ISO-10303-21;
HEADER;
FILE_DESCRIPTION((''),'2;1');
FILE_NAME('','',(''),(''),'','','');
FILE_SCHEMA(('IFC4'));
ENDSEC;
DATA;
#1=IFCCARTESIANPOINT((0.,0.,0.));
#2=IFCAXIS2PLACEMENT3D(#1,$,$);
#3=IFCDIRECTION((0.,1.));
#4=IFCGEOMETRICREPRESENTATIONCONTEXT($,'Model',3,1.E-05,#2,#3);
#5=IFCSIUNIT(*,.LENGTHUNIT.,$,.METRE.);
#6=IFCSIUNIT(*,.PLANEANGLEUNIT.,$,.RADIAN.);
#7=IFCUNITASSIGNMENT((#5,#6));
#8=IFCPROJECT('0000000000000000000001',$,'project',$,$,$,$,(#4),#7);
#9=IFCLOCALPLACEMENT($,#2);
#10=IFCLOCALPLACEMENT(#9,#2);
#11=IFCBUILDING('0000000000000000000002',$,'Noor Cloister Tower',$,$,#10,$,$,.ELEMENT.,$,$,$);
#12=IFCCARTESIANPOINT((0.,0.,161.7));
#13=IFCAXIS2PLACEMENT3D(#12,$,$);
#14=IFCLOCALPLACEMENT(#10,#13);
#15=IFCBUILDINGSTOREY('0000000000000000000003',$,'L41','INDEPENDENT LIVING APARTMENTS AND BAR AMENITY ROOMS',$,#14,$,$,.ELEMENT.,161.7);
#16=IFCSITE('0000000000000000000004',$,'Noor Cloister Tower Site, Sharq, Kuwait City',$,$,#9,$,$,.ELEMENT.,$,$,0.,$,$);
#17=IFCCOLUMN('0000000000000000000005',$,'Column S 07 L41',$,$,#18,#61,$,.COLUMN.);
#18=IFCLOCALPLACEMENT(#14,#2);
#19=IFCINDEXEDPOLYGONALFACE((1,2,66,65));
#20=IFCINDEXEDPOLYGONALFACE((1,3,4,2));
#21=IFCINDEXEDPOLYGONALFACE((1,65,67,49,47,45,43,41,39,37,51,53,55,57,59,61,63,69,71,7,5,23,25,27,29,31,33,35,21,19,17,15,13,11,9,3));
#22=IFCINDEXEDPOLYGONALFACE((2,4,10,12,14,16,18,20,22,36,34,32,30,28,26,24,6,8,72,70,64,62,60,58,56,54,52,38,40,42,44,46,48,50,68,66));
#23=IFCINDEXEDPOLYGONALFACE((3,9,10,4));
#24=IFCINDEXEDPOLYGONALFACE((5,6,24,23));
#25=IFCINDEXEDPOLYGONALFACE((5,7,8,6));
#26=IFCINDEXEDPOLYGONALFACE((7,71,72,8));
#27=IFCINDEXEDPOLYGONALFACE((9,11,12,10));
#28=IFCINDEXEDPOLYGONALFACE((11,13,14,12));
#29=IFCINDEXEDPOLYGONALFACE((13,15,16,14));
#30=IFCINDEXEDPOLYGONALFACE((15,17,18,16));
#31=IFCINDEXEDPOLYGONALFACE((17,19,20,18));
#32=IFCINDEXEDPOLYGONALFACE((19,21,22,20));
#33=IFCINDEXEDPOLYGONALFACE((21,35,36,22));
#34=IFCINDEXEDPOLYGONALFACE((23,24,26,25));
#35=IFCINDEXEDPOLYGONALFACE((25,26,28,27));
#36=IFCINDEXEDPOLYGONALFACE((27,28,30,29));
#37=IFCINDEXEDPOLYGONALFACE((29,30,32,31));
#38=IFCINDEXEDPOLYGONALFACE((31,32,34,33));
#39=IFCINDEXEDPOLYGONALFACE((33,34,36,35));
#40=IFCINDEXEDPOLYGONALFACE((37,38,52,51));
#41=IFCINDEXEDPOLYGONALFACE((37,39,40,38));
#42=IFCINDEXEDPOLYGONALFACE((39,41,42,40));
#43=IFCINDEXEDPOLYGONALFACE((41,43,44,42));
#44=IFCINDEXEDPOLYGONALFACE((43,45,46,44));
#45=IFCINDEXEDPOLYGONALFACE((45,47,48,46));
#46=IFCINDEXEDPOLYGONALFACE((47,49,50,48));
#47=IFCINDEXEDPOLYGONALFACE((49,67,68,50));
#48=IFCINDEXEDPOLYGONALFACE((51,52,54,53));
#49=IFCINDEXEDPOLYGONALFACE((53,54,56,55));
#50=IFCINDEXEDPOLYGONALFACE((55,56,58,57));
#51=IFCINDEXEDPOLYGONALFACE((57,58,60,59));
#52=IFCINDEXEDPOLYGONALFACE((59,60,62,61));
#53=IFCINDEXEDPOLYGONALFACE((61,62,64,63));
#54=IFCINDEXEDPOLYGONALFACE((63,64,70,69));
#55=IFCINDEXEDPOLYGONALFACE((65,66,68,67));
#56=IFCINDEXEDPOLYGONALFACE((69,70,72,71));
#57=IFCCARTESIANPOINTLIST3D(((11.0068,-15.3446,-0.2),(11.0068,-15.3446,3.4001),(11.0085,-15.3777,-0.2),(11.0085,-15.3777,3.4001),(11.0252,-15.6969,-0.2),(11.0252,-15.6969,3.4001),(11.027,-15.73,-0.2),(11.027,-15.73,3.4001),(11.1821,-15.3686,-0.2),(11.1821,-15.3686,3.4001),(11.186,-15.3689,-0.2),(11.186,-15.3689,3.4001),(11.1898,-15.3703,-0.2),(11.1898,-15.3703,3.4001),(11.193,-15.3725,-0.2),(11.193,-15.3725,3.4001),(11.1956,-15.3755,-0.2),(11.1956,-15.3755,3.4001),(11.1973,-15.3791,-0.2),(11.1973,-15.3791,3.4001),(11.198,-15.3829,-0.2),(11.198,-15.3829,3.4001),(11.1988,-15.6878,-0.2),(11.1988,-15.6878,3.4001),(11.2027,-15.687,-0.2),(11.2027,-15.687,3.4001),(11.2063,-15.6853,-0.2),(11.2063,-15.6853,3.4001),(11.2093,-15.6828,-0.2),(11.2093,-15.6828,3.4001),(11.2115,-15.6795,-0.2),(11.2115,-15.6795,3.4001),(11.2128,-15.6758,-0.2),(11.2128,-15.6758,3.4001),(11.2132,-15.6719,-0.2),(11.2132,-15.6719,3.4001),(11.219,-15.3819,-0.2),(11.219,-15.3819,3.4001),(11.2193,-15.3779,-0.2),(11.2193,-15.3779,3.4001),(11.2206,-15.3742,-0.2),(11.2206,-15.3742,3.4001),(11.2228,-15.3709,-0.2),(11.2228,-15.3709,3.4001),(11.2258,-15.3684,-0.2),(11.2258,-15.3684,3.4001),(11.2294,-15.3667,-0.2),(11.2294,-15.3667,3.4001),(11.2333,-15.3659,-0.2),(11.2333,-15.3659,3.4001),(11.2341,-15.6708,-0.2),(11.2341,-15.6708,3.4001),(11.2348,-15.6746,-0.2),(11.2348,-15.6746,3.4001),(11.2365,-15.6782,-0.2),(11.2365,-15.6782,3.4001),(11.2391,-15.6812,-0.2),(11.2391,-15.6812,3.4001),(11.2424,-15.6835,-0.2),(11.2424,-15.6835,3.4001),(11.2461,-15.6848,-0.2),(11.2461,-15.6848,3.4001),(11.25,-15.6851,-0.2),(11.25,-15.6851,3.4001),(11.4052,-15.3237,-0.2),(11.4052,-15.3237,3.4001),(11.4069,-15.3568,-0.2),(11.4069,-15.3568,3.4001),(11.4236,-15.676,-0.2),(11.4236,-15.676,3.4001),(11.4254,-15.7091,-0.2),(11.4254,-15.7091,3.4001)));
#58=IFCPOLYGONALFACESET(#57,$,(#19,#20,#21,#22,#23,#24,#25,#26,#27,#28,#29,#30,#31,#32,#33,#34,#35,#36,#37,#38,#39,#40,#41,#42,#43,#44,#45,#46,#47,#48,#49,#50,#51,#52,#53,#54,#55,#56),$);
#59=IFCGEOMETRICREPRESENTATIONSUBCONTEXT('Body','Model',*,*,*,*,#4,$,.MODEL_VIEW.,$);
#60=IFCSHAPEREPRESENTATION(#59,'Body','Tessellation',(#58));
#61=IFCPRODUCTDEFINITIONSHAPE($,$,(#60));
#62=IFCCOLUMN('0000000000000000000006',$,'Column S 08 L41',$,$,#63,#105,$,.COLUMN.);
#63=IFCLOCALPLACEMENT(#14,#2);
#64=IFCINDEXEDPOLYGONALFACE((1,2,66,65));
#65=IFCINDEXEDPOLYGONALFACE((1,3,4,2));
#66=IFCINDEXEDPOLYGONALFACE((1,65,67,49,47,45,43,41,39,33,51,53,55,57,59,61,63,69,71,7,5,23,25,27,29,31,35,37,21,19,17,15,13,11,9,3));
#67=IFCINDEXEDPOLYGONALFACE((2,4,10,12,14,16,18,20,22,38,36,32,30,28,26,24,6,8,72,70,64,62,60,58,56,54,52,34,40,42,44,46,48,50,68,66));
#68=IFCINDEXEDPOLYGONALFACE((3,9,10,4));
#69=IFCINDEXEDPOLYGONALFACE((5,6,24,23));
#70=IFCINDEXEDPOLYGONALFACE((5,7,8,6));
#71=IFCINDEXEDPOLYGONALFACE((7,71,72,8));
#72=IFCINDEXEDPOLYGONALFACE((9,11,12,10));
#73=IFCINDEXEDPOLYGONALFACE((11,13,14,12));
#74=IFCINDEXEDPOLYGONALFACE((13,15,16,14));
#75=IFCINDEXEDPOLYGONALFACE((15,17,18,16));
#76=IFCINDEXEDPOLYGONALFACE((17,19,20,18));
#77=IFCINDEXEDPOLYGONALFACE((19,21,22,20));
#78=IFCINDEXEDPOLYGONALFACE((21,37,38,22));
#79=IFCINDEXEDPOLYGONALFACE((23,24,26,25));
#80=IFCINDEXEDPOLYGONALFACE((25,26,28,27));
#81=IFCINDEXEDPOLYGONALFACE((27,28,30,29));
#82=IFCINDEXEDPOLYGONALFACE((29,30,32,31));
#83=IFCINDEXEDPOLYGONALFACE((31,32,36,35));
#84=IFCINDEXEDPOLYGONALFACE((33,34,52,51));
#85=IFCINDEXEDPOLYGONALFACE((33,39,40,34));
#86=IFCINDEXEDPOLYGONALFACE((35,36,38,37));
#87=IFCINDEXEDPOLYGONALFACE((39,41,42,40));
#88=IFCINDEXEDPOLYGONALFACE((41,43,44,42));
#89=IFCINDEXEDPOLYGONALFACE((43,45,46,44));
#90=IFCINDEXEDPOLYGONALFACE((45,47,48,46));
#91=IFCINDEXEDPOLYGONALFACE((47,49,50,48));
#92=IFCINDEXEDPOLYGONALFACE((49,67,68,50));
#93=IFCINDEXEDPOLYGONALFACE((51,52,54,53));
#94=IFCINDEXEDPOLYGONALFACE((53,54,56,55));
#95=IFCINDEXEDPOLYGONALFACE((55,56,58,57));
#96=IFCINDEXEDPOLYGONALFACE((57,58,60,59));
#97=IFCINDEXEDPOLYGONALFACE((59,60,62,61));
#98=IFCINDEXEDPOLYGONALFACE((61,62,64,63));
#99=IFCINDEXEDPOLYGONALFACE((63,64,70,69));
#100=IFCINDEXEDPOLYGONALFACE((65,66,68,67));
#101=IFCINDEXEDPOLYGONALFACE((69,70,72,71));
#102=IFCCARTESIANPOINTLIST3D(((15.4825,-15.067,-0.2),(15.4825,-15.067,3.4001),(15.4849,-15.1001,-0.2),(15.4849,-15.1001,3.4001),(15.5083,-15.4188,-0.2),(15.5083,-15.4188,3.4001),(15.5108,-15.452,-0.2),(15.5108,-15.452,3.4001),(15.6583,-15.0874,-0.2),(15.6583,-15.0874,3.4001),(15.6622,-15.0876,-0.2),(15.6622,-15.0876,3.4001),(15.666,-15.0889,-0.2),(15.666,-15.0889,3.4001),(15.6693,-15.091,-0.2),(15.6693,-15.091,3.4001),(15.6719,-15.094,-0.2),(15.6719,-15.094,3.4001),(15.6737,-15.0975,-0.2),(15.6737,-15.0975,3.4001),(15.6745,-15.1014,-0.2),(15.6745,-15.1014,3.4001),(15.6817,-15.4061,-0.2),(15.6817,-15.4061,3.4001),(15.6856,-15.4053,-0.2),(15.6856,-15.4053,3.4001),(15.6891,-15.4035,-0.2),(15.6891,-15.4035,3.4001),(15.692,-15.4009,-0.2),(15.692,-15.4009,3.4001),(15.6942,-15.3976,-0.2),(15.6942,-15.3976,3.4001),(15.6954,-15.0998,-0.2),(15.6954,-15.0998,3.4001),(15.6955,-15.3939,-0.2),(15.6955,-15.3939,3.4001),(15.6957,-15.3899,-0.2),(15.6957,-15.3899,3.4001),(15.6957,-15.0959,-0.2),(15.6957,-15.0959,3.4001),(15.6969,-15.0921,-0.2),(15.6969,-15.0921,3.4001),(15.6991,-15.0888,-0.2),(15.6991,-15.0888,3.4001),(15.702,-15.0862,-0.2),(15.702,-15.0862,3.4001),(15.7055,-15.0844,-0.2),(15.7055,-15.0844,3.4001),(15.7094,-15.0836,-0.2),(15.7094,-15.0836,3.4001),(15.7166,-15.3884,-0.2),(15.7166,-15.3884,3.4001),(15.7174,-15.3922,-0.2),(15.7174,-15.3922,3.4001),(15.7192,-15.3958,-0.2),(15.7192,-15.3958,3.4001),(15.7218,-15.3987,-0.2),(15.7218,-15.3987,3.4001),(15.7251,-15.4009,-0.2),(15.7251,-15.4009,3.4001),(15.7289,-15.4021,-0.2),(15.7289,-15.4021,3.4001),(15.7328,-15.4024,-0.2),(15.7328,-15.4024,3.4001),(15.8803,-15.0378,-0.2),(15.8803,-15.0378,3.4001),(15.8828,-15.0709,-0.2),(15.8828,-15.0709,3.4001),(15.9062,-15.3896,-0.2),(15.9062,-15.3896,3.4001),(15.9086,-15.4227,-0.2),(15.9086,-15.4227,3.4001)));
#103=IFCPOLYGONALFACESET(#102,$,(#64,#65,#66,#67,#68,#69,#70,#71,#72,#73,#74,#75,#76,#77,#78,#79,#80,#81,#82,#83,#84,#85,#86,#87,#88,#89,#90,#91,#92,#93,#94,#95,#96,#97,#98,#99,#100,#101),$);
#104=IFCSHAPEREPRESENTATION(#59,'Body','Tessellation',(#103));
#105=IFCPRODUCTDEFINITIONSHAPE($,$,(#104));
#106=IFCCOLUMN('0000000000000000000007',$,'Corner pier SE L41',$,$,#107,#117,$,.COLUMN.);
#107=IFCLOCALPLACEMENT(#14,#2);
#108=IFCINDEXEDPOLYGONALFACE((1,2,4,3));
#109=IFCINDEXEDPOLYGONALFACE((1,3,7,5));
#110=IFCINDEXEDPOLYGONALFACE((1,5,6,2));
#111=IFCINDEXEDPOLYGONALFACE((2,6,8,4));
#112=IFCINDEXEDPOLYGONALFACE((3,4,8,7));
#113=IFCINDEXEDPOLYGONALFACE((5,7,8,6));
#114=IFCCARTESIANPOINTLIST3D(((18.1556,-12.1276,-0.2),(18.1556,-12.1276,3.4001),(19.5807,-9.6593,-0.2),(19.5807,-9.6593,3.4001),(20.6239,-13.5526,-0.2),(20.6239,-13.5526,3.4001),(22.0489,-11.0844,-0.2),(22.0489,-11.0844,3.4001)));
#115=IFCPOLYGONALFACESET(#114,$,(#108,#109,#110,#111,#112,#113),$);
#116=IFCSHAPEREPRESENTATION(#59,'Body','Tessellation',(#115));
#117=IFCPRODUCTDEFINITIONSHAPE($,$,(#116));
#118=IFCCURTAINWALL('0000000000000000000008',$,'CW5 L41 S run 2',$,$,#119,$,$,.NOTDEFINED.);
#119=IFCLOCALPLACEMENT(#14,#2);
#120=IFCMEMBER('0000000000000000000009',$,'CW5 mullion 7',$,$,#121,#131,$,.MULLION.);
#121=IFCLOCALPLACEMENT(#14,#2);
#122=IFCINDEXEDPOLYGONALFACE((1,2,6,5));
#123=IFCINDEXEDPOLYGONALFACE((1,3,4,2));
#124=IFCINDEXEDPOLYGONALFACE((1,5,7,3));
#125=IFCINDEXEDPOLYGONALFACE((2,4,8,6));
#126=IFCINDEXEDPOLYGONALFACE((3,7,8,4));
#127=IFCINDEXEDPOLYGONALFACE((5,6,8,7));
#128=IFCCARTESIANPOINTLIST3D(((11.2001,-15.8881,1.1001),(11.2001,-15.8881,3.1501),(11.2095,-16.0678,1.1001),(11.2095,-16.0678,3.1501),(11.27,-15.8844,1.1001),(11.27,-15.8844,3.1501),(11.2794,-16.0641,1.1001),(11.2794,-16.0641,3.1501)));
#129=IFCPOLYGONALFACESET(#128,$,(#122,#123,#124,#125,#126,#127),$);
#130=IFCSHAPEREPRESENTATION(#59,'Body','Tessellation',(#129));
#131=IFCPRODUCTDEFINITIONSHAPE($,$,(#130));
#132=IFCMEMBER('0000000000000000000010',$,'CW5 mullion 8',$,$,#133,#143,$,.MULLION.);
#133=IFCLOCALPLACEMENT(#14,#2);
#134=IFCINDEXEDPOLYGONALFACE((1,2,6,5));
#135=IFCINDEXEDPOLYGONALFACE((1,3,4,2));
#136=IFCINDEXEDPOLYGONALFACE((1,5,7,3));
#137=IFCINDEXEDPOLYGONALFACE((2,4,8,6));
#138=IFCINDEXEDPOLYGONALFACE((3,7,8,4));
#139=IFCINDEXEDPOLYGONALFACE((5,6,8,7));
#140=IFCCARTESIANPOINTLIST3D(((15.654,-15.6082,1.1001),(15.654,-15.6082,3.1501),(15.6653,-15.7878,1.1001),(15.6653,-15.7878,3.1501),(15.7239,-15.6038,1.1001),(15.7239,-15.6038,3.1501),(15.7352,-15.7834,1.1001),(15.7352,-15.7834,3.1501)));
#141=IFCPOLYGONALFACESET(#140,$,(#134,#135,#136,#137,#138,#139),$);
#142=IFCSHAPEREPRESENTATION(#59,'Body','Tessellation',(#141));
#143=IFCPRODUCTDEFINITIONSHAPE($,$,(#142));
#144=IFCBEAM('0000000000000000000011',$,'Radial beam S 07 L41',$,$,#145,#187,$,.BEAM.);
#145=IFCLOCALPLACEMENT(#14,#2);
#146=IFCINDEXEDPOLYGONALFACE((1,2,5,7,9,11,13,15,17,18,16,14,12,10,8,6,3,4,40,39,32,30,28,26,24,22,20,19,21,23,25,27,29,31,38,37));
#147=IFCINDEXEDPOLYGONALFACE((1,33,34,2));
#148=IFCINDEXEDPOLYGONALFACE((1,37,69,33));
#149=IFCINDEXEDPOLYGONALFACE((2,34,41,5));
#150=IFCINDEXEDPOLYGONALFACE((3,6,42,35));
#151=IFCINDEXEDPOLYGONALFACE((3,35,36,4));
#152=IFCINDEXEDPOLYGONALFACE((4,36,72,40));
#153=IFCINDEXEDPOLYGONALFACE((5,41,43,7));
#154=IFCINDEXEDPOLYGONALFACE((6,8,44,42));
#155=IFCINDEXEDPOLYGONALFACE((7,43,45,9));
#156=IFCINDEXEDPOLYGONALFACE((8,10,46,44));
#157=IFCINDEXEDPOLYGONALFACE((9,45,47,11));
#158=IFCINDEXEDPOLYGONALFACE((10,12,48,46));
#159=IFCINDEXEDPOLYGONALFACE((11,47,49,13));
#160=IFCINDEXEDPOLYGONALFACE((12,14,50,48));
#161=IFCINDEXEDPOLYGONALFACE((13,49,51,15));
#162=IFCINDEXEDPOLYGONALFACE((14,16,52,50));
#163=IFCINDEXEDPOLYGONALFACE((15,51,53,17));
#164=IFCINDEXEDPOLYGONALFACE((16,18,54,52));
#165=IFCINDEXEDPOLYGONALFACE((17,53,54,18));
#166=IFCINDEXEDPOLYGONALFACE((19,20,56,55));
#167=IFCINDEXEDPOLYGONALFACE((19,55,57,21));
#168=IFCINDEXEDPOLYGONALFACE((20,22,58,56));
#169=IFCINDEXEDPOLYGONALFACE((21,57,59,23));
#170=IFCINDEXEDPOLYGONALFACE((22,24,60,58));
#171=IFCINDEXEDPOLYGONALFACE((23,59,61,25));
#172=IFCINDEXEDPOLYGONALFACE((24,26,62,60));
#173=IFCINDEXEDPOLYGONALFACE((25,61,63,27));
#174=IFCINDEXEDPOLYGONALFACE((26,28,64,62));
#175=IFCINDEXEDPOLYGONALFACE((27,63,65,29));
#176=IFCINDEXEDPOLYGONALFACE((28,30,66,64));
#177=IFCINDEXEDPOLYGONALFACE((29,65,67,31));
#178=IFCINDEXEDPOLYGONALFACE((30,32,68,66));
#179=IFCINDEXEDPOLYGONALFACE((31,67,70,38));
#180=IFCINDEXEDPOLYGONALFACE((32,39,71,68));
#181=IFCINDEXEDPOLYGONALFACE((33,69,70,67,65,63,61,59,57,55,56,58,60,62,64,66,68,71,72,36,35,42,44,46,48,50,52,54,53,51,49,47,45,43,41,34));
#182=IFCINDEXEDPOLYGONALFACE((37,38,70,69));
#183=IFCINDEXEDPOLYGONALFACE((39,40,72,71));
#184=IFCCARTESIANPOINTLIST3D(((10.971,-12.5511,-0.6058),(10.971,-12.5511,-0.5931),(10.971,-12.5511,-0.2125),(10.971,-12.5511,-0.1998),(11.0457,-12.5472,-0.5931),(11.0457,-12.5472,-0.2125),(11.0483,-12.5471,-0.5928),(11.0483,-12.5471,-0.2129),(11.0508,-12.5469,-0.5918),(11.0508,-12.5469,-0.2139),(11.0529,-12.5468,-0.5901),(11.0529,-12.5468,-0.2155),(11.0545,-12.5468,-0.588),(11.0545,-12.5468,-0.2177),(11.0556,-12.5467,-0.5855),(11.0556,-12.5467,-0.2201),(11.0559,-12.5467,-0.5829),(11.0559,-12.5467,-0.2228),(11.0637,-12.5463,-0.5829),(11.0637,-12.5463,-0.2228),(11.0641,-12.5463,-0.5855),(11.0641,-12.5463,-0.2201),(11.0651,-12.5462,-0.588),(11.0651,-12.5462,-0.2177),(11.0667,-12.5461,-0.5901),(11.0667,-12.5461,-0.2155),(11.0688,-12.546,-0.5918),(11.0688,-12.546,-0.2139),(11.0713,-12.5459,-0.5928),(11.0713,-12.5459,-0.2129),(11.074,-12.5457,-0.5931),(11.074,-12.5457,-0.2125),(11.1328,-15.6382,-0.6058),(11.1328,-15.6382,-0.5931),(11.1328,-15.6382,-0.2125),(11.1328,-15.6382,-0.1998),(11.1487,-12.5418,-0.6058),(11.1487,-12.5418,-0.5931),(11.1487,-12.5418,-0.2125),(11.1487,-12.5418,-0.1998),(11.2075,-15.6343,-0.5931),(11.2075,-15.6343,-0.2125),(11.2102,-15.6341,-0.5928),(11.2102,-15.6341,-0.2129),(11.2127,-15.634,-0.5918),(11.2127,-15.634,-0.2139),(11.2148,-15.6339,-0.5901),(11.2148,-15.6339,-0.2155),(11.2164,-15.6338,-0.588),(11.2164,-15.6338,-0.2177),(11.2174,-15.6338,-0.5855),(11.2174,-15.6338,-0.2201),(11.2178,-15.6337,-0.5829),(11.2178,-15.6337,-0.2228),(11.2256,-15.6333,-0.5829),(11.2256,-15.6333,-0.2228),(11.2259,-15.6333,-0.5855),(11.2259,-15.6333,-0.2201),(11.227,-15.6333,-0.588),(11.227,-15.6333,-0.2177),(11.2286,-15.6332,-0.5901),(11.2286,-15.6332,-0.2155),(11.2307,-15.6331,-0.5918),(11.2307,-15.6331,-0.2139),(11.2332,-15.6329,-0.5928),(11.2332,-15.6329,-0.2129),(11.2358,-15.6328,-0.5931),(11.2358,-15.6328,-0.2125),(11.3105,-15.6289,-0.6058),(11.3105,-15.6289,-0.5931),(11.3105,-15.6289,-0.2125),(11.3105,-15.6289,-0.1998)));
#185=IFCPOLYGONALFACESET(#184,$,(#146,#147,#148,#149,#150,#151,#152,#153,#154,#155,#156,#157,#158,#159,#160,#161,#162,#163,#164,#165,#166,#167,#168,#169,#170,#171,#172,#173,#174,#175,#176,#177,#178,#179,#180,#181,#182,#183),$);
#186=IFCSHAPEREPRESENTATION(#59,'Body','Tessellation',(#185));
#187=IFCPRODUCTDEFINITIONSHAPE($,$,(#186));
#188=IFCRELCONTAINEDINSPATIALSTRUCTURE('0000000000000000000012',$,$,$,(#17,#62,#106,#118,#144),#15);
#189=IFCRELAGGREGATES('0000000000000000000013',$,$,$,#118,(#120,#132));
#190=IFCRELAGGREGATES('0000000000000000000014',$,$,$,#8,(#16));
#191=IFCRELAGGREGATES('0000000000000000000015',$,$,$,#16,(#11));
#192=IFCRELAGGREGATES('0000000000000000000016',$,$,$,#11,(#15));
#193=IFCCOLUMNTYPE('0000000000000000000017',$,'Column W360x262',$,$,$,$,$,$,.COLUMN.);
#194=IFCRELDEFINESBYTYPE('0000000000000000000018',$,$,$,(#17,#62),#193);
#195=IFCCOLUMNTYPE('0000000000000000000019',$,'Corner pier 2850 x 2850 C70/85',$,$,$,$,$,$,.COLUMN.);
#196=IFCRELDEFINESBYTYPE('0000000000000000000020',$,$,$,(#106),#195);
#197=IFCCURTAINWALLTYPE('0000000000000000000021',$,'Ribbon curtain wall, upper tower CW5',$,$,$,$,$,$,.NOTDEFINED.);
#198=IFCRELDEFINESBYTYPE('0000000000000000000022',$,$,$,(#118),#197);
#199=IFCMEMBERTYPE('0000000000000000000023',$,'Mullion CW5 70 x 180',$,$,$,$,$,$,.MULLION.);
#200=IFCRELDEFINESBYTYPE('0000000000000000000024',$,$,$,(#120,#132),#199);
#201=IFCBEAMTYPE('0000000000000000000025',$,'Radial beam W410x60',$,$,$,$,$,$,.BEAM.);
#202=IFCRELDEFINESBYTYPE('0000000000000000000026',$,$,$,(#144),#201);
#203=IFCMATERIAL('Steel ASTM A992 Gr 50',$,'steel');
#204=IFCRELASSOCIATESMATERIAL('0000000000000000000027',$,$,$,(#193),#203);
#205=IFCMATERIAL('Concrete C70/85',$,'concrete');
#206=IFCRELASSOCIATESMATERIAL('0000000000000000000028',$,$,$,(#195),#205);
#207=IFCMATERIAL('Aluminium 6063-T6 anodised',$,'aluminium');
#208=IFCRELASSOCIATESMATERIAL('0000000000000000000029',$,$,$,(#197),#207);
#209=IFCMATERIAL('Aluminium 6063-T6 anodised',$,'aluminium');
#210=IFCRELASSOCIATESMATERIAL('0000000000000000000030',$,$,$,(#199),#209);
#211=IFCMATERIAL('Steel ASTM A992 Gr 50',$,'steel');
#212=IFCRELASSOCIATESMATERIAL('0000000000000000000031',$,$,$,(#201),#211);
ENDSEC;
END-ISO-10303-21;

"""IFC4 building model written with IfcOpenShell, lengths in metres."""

from ifc_helpers import new_model, si_unit, direction, frame, origin, origin_2d, place, context, subcontext, project, spatial, rectangle, i_section, extrude, material, material_profile, profile_set, type_object, element, aggregate, save


model = new_model("IFC4")

# Units and contexts
model_context = context("Model", 3, precision=1e-05, world=origin(), true_north=direction((0.0, 1.0)))
body_context = subcontext(model_context, "Body", "Model", "MODEL_VIEW")
ifc_project = project(units=[si_unit("LENGTHUNIT", "METRE"), si_unit("PLANEANGLEUNIT", "RADIAN")], contexts=[model_context])

# Site, building, storey
site_placement = place(None, origin())
site = spatial("IfcSite", under=ifc_project, at=site_placement, Name="Noor Cloister Tower Site, Sharq, Kuwait City", CompositionType="ELEMENT", RefElevation=0.0)
building_placement = place(site_placement, origin())
building = spatial("IfcBuilding", under=site, at=building_placement, Name="Noor Cloister Tower", CompositionType="ELEMENT")
storey_placement = place(building_placement, frame((0.0, 0.0, 161.7)))
storey = spatial("IfcBuildingStorey", under=building, at=storey_placement, Name="L41", Description="INDEPENDENT LIVING APARTMENTS AND BAR AMENITY ROOMS", CompositionType="ELEMENT", Elevation=161.7)

# Columns
ifc_material_1 = material(Name="Steel ASTM A992 Gr 50", Category="steel")
ifc_material_profile_1 = material_profile(ifc_material_1, i_section(OverallWidth=0.3989, OverallDepth=0.386, WebThickness=0.021, FlangeThickness=0.0332, FilletRadius=0.0151, at=origin_2d()), Name="W360x262")
ifc_profile_set_1 = profile_set([ifc_material_profile_1], Name="Steel ASTM A992 Gr 50")
column_type_1 = type_object("IfcColumnType", Name="Column W360x262", PredefinedType="COLUMN", material=ifc_profile_set_1)
for number, where, z_axis, x_axis, name in (
    (1, (11.2161, -15.5269, -0.2), (0.0, 0.0, 1.0), (0.998629, 0.052342, 0.0), "Column S 07 L41"),
    (2, (15.6956, -15.2449, -0.2), (0.0, 0.0, 1.0), (0.997314, 0.073247, 0.0), "Column S 08 L41"),
):
    element("IfcColumn", number, at=place(storey_placement, frame(where, z_axis=z_axis, x_axis=x_axis)), inside=storey, type_object=column_type_1, Name=name, PredefinedType="COLUMN", context=body_context, shape_type="SweptSolid", body=[
        extrude(i_section(OverallWidth=0.3989, OverallDepth=0.386, WebThickness=0.021, FlangeThickness=0.0332, FilletRadius=0.0151, at=origin_2d()), origin(), (0.0, 0.0, 1.0), 3.6001),
    ])
ifc_material_2 = material(Name="Concrete C70/85", Category="concrete")
ifc_material_profile_2 = material_profile(ifc_material_2, rectangle(XDim=2.8501, YDim=2.8501, at=origin_2d()), Name="RC 2850x2850")
ifc_profile_set_2 = profile_set([ifc_material_profile_2], Name="Concrete C70/85")
column_type_2 = type_object("IfcColumnType", Name="Corner pier 2850 x 2850 C70/85", PredefinedType="COLUMN", material=ifc_profile_set_2)
column_placement = place(storey_placement, frame((20.1023, -11.606, -0.2), z_axis=(0.0, 0.0, 1.0), x_axis=(0.866025, -0.5, 0.0)))
element("IfcColumn", 3, at=column_placement, inside=storey, type_object=column_type_2, Name="Corner pier SE L41", PredefinedType="COLUMN", context=body_context, shape_type="SweptSolid", body=[
    extrude(rectangle(XDim=2.8501, YDim=2.8501, at=origin_2d()), origin(), (0.0, 0.0, 1.0), 3.6001),
])

# Curtain wall, members
ifc_material_3 = material(Name="Aluminium 6063-T6 anodised", Category="aluminium")
curtain_wall_type = type_object("IfcCurtainWallType", Name="Ribbon curtain wall, upper tower CW5", PredefinedType="NOTDEFINED", material=ifc_material_3)
curtain_wall_placement = place(storey_placement, origin())
curtain_wall = element("IfcCurtainWall", 4, at=curtain_wall_placement, inside=storey, type_object=curtain_wall_type, Name="CW5 L41 S run 2", PredefinedType="NOTDEFINED")
ifc_material_4 = material(Name="Aluminium 6063-T6 anodised", Category="aluminium")
ifc_material_profile_3 = material_profile(ifc_material_4, rectangle(XDim=0.1799, YDim=0.0701, at=origin_2d()), Name="180 x 70 mullion")
ifc_profile_set_3 = profile_set([ifc_material_profile_3], Name="Aluminium 6063-T6 anodised")
member_type = type_object("IfcMemberType", Name="Mullion CW5 70 x 180", PredefinedType="MULLION", material=ifc_profile_set_3)
member_1_placement = place(storey_placement, frame((11.2397, -15.9761, 1.1001), z_axis=(0.0, 0.0, 1.0), x_axis=(-0.052342, 0.998629, 0.0)))
member_1 = element("IfcMember", 5, at=member_1_placement, type_object=member_type, Name="CW5 mullion 7", PredefinedType="MULLION", context=body_context, shape_type="SweptSolid", body=[
    extrude(rectangle(XDim=0.1799, YDim=0.0701, at=origin_2d()), origin(), (0.0, 0.0, 1.0), 2.05),
])
member_2_placement = place(storey_placement, frame((15.6946, -15.6958, 1.1001), z_axis=(0.0, 0.0, 1.0), x_axis=(-0.062798, 0.998026, 0.0)))
member_2 = element("IfcMember", 6, at=member_2_placement, type_object=member_type, Name="CW5 mullion 8", PredefinedType="MULLION", context=body_context, shape_type="SweptSolid", body=[
    extrude(rectangle(XDim=0.1799, YDim=0.0701, at=origin_2d()), origin(), (0.0, 0.0, 1.0), 2.05),
])

# Beam
ifc_material_5 = material(Name="Steel ASTM A992 Gr 50", Category="steel")
ifc_material_profile_4 = material_profile(ifc_material_5, i_section(OverallWidth=0.178, OverallDepth=0.406, WebThickness=0.0078, FlangeThickness=0.0127, FilletRadius=0.0103, at=origin_2d()), Name="W410x60")
ifc_profile_set_4 = profile_set([ifc_material_profile_4], Name="Steel ASTM A992 Gr 50")
beam_type_1 = type_object("IfcBeamType", Name="Radial beam W410x60", PredefinedType="BEAM", material=ifc_profile_set_4)
beam_1_placement = place(storey_placement, frame((11.2217, -15.6335, -0.4028), z_axis=(-0.05236, 0.998628, 0.0), x_axis=(-0.998628, -0.05236, 0.0)))
element("IfcBeam", 7, at=beam_1_placement, inside=storey, type_object=beam_type_1, Name="Radial beam S 07 L41", PredefinedType="BEAM", context=body_context, shape_type="SweptSolid", body=[
    extrude(i_section(OverallWidth=0.178, OverallDepth=0.406, WebThickness=0.0078, FlangeThickness=0.0127, FilletRadius=0.0103, at=origin_2d()), origin(), (0.0, 0.0, 1.0), 3.0913),
])

aggregate(curtain_wall, [member_1, member_2])

save(model, "model.ifc")
